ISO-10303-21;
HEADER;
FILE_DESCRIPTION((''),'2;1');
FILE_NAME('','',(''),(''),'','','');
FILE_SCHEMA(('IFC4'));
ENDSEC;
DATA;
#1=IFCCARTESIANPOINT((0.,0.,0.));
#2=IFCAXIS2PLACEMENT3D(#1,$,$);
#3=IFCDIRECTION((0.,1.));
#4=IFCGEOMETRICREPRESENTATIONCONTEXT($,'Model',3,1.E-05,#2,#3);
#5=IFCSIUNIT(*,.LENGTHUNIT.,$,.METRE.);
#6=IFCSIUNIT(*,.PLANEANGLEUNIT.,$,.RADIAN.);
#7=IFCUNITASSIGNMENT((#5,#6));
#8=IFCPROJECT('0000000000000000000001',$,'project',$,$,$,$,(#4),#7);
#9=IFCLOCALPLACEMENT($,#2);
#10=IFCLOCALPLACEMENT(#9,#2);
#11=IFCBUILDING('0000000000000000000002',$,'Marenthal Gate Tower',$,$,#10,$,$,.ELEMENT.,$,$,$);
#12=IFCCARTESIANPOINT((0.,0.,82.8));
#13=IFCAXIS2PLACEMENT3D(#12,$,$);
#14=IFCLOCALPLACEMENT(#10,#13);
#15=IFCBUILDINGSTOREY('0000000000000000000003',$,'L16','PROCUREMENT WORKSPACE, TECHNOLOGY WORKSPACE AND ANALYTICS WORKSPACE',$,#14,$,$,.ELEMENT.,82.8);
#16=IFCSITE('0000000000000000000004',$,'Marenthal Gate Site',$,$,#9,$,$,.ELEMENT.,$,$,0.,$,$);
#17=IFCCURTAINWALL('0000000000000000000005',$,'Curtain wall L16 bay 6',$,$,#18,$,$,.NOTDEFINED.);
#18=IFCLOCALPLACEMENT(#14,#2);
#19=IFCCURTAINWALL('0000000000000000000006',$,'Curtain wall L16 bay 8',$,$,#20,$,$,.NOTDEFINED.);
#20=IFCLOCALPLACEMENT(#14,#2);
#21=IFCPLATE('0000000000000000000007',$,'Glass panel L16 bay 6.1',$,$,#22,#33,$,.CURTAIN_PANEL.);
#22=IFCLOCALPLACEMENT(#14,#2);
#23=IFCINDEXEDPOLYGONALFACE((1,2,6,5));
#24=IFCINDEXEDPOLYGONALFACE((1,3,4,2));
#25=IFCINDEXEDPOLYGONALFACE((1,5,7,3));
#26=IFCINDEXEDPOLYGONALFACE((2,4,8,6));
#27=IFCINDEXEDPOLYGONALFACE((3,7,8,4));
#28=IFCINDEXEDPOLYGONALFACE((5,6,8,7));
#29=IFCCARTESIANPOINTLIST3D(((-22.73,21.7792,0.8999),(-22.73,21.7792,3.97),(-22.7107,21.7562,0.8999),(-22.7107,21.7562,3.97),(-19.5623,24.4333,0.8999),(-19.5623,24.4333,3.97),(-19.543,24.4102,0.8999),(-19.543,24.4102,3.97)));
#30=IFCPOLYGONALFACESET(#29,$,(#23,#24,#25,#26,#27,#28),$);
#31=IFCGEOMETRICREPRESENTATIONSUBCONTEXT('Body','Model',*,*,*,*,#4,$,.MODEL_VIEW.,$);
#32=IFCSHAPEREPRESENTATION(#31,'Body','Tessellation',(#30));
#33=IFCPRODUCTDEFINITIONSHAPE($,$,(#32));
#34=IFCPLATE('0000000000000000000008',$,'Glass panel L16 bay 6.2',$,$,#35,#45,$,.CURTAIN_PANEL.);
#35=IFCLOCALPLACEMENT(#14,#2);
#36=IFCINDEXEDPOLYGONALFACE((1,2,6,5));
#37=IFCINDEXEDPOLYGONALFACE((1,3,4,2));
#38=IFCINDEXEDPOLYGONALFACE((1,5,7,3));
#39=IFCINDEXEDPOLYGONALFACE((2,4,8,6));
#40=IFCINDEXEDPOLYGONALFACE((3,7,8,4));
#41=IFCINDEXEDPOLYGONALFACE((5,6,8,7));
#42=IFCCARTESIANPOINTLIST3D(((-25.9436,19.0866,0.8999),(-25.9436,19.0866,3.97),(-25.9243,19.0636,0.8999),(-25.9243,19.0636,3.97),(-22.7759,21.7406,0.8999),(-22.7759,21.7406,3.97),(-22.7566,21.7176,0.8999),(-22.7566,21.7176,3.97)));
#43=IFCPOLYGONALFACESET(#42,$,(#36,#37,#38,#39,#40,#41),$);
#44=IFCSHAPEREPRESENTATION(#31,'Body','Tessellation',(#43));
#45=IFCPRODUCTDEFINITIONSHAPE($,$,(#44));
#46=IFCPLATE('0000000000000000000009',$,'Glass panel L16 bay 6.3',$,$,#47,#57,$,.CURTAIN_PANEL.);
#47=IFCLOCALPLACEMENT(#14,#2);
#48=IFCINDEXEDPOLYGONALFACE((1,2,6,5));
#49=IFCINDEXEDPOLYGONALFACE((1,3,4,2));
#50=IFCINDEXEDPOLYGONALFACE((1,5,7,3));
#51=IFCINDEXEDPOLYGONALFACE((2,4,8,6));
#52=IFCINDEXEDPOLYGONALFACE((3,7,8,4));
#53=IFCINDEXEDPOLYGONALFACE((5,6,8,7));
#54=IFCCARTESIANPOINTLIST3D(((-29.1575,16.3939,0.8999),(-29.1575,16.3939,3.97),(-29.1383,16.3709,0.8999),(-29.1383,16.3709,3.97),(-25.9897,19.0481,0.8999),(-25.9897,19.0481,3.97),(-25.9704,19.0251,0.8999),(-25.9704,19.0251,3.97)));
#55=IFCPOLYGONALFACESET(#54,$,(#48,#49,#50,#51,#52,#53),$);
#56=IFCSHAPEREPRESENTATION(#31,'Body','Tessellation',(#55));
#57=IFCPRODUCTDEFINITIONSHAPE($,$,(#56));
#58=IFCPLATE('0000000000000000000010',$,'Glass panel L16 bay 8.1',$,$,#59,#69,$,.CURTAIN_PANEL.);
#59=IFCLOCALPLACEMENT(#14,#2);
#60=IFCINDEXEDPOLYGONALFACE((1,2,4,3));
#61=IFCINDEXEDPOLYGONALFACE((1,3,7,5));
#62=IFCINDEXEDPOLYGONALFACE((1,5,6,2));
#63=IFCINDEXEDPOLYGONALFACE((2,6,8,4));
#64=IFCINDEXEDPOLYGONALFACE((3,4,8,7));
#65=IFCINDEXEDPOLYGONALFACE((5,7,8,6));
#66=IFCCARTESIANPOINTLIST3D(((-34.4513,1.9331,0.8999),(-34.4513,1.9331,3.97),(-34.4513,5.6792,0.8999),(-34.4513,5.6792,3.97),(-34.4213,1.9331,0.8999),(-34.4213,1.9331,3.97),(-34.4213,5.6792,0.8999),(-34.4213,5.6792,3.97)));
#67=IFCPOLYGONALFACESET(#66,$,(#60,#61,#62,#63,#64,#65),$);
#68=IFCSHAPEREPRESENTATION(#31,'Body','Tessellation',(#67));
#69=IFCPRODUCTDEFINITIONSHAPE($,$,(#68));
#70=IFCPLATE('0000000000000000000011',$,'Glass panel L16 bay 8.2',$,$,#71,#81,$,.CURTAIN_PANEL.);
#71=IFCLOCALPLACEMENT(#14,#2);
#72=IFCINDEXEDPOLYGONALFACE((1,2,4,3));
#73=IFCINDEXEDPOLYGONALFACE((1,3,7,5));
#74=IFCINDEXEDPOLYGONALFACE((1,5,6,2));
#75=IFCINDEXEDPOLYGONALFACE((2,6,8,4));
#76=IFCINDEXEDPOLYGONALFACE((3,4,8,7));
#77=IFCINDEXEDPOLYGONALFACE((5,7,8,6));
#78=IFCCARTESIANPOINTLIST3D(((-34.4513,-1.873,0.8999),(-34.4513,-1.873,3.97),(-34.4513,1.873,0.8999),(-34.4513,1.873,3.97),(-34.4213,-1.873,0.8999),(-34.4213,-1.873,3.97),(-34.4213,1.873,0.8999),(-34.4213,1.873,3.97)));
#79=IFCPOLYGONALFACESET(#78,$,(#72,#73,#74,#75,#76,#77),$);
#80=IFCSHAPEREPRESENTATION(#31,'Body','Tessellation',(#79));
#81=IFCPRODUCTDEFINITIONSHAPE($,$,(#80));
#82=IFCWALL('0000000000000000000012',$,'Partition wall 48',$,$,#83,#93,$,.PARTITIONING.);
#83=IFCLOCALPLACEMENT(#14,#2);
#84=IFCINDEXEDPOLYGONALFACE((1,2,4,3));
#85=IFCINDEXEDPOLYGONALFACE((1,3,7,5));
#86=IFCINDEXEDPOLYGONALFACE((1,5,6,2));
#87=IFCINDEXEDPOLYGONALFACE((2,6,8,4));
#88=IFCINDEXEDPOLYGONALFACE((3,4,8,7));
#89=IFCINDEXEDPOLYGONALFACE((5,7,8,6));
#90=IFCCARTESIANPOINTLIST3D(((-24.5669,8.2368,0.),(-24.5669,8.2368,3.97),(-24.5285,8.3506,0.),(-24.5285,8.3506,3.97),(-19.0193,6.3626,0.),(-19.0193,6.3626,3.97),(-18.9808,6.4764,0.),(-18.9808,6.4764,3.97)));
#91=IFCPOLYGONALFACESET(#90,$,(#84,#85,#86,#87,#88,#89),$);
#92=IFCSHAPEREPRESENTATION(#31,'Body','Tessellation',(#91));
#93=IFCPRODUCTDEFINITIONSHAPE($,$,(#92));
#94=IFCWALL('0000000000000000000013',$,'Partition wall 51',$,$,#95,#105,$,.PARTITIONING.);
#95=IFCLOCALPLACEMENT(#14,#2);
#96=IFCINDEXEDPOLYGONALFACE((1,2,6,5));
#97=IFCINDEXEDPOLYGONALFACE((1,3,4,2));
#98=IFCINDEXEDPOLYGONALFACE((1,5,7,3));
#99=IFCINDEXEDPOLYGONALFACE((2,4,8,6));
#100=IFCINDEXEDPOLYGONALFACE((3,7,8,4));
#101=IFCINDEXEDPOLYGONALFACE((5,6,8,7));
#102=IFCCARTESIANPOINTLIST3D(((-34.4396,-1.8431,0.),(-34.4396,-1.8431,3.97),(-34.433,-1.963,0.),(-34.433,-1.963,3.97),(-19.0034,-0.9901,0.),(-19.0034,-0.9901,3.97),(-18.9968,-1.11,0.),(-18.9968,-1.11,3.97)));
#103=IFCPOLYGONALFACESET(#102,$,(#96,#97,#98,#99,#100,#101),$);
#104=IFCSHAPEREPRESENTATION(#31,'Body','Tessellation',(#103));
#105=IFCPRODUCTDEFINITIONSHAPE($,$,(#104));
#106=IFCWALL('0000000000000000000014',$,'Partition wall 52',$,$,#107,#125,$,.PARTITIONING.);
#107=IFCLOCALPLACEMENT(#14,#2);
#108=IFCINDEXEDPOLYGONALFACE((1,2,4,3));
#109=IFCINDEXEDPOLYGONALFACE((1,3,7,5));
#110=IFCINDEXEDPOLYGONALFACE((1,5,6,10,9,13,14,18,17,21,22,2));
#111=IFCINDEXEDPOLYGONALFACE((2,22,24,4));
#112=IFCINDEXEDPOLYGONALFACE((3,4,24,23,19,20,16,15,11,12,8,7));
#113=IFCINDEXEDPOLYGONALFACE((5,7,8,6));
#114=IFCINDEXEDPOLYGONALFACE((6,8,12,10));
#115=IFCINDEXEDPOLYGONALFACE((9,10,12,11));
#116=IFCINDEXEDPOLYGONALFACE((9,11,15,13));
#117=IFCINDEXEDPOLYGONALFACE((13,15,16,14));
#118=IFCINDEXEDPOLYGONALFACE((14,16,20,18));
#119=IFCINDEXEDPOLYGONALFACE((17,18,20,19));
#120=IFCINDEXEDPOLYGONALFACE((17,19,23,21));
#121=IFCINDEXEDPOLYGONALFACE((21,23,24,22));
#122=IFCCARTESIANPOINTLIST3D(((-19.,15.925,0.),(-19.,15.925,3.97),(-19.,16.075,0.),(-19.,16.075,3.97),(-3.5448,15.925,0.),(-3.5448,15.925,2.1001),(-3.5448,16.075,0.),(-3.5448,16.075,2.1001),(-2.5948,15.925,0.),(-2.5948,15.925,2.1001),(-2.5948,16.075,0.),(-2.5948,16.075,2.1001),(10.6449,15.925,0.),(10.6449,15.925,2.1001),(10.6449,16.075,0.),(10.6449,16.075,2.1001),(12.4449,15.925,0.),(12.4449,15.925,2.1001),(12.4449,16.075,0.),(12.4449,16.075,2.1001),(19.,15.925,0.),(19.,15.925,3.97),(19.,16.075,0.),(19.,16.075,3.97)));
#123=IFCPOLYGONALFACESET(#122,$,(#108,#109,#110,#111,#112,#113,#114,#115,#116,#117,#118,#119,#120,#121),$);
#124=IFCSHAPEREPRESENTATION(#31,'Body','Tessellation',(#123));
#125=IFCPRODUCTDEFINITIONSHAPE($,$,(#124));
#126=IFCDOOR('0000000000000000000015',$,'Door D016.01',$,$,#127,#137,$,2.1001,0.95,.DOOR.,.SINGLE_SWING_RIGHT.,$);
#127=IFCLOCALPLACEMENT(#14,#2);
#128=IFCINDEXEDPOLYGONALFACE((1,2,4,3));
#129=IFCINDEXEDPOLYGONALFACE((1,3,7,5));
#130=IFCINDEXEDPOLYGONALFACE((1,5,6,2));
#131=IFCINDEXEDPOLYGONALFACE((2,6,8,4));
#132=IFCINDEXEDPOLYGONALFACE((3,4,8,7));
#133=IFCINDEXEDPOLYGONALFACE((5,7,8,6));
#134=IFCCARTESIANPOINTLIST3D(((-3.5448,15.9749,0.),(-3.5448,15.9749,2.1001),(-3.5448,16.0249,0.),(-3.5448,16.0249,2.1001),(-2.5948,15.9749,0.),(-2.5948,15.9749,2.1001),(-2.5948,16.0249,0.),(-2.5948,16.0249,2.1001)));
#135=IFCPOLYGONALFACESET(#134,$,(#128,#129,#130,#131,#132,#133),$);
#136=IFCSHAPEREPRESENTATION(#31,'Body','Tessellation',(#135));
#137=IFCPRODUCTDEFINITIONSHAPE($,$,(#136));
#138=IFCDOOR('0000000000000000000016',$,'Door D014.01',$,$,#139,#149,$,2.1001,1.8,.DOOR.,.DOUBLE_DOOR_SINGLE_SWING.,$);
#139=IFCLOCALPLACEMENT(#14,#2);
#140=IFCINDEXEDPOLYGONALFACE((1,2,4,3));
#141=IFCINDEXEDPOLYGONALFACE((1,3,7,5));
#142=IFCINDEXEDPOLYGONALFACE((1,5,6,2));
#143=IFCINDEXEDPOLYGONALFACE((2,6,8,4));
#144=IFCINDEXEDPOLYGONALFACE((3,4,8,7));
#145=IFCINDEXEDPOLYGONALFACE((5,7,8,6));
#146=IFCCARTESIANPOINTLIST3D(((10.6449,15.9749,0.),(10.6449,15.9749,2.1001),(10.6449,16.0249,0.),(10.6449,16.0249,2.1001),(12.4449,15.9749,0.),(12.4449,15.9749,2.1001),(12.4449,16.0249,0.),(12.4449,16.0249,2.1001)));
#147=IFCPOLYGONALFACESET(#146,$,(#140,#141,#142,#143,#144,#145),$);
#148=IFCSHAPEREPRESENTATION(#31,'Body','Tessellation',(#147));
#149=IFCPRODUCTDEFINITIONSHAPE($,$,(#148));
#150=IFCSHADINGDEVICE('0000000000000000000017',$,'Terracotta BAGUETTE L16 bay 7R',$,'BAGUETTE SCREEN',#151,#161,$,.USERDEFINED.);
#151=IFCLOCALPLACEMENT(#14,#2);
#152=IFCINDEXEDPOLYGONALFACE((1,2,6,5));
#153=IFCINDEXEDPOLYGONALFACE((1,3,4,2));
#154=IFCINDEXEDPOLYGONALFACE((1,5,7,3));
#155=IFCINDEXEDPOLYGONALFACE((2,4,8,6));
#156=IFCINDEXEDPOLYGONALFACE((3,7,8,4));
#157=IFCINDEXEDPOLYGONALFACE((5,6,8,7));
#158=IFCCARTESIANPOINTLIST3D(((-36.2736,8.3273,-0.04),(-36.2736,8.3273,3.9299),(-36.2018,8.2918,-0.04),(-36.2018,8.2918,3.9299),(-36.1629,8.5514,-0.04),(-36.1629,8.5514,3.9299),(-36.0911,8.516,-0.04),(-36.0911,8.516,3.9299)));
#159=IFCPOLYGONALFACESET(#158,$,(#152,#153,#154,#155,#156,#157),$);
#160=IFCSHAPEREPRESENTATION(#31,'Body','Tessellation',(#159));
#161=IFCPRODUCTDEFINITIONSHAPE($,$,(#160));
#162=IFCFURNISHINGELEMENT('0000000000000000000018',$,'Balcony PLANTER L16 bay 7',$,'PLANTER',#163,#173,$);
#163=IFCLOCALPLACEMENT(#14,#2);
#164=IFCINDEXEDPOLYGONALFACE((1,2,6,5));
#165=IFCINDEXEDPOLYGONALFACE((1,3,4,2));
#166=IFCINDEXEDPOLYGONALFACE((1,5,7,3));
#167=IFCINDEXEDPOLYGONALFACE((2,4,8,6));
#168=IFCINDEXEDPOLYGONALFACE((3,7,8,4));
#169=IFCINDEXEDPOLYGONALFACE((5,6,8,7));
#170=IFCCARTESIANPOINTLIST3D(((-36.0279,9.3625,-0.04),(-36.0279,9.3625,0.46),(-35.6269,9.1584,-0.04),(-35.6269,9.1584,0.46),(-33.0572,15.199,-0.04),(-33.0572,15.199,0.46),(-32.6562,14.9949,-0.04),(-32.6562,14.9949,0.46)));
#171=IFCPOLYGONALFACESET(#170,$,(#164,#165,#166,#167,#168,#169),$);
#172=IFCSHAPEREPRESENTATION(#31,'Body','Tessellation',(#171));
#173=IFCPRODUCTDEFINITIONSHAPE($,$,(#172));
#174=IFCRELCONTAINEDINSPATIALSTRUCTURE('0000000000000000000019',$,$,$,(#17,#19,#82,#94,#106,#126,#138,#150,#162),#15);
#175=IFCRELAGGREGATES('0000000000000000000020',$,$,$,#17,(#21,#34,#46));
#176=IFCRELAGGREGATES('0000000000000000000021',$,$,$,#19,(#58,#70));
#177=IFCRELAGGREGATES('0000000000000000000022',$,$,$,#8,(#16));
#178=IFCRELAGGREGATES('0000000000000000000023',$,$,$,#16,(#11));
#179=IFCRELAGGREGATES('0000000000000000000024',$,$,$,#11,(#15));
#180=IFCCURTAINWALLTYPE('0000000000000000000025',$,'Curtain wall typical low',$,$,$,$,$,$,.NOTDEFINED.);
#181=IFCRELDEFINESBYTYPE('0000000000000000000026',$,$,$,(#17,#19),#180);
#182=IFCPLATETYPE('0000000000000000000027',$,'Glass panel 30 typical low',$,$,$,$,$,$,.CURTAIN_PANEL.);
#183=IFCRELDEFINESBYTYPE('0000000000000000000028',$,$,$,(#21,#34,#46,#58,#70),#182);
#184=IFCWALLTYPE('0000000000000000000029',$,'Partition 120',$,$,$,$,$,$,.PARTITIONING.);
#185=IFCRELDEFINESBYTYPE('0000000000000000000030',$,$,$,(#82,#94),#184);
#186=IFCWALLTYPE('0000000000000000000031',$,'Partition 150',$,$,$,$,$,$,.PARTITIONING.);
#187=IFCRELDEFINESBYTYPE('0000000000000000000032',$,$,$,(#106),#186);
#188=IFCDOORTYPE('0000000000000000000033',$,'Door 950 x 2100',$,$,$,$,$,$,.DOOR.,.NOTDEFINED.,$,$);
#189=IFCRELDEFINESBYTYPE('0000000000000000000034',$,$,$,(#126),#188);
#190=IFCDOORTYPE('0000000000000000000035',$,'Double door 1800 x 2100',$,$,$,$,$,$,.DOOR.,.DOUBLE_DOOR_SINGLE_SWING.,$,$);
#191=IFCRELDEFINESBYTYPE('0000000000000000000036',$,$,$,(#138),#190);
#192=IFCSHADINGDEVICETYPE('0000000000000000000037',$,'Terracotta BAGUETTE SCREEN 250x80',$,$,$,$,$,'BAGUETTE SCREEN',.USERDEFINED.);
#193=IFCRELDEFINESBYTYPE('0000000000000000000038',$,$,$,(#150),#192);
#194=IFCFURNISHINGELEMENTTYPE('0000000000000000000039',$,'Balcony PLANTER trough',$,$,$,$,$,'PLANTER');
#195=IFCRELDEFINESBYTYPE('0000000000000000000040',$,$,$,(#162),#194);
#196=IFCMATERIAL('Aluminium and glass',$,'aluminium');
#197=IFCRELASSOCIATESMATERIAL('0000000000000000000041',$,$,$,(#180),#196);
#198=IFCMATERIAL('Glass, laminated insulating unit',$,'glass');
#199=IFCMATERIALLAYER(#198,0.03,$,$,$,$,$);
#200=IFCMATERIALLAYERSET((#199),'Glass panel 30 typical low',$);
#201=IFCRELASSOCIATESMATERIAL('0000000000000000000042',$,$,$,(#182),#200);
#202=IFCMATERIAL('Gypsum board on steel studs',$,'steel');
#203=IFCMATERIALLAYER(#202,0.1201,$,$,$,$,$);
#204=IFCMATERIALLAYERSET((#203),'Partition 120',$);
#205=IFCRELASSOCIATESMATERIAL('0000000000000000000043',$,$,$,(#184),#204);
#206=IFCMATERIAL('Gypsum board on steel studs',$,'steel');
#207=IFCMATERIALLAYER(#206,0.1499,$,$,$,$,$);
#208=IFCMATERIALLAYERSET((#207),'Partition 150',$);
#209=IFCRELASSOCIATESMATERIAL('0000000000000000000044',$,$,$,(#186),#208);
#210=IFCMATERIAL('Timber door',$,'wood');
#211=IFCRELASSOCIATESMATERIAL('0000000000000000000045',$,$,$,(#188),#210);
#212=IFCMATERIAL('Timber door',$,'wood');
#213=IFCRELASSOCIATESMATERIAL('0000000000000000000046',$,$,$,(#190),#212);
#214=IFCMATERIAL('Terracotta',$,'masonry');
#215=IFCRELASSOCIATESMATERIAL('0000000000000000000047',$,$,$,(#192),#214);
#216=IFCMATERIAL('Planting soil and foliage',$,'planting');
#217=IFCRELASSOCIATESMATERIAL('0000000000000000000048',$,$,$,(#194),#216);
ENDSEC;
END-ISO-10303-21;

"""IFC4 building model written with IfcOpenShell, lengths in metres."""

from ifc_helpers import new_model, si_unit, direction, frame, frame_2d, origin, origin_2d, place, context, subcontext, project, spatial, rectangle, extrude, material, layer, layer_set, material_profile, profile_set, type_object, element, fill, aggregate, save


model = new_model("IFC4")

# Units and contexts
model_context = context("Model", 3, precision=1e-05, world=origin(), true_north=direction((0.0, 1.0)))
body_context = subcontext(model_context, "Body", "Model", "MODEL_VIEW")
ifc_project = project(units=[si_unit("LENGTHUNIT", "METRE"), si_unit("PLANEANGLEUNIT", "RADIAN")], contexts=[model_context])

# Site, building, storey
site_placement = place(None, origin())
site = spatial("IfcSite", under=ifc_project, at=site_placement, Name="Marenthal Gate Site", CompositionType="ELEMENT", RefElevation=0.0)
building_placement = place(site_placement, origin())
building = spatial("IfcBuilding", under=site, at=building_placement, Name="Marenthal Gate Tower", CompositionType="ELEMENT")
storey_placement = place(building_placement, frame((0.0, 0.0, 82.8)))
storey = spatial("IfcBuildingStorey", under=building, at=storey_placement, Name="L16", Description="PROCUREMENT WORKSPACE, TECHNOLOGY WORKSPACE AND ANALYTICS WORKSPACE", CompositionType="ELEMENT", Elevation=82.8)

# Curtain walls
ifc_material_1 = material(Name="Aluminium and glass", Category="aluminium")
curtain_wall_type = type_object("IfcCurtainWallType", Name="Curtain wall typical low", PredefinedType="NOTDEFINED", material=ifc_material_1)
curtain_wall_1_placement = place(storey_placement, origin())
curtain_wall_1 = element("IfcCurtainWall", 1, at=curtain_wall_1_placement, inside=storey, type_object=curtain_wall_type, Name="Curtain wall L16 bay 6", PredefinedType="NOTDEFINED")
curtain_wall_2_placement = place(storey_placement, origin())
curtain_wall_2 = element("IfcCurtainWall", 2, at=curtain_wall_2_placement, inside=storey, type_object=curtain_wall_type, Name="Curtain wall L16 bay 8", PredefinedType="NOTDEFINED")

# Plates
ifc_material_2 = material(Name="Glass, laminated insulating unit", Category="glass")
ifc_layer_1 = layer(ifc_material_2, 0.03)
ifc_layer_set_1 = layer_set([ifc_layer_1], Name="Glass panel 30 typical low")
plate_type = type_object("IfcPlateType", Name="Glass panel 30 typical low", PredefinedType="CURTAIN_PANEL", material=ifc_layer_set_1)
plate_1_placement = place(storey_placement, frame((-21.1365, 23.0947, 0.8999), z_axis=(0.0, 0.0, 1.0), x_axis=(-0.766513, -0.642228, 0.0)))
plate_1 = element("IfcPlate", 3, at=plate_1_placement, type_object=plate_type, Name="Glass panel L16 bay 6.1", PredefinedType="CURTAIN_PANEL", context=body_context, shape_type="SweptSolid", body=[
    extrude(rectangle(XDim=4.1326, YDim=0.03, at=origin_2d()), origin(), (0.0, 0.0, 1.0), 3.0701),
])
plate_2_placement = place(storey_placement, frame((-24.3501, 20.4021, 0.8999), z_axis=(0.0, 0.0, 1.0), x_axis=(-0.766513, -0.642228, 0.0)))
plate_2 = element("IfcPlate", 4, at=plate_2_placement, type_object=plate_type, Name="Glass panel L16 bay 6.2", PredefinedType="CURTAIN_PANEL", context=body_context, shape_type="SweptSolid", body=[
    extrude(rectangle(XDim=4.1326, YDim=0.03, at=origin_2d()), origin(), (0.0, 0.0, 1.0), 3.0701),
])
plate_3_placement = place(storey_placement, frame((-27.564, 17.7095, 0.8999), z_axis=(0.0, 0.0, 1.0), x_axis=(-0.766513, -0.642228, 0.0)))
plate_3 = element("IfcPlate", 5, at=plate_3_placement, type_object=plate_type, Name="Glass panel L16 bay 6.3", PredefinedType="CURTAIN_PANEL", context=body_context, shape_type="SweptSolid", body=[
    extrude(rectangle(XDim=4.1328, YDim=0.03, at=origin_2d()), origin(), (0.0, 0.0, 1.0), 3.0701),
])
aggregate(curtain_wall_1, [plate_1, plate_2, plate_3])
plate_4_placement = place(storey_placement, frame((-34.4363, 3.8062, 0.8999), z_axis=(0.0, 0.0, 1.0), x_axis=(0.0, -1.0, 0.0)))
plate_4 = element("IfcPlate", 6, at=plate_4_placement, type_object=plate_type, Name="Glass panel L16 bay 8.1", PredefinedType="CURTAIN_PANEL", context=body_context, shape_type="SweptSolid", body=[
    extrude(rectangle(XDim=3.7461, YDim=0.03, at=origin_2d()), origin(), (0.0, 0.0, 1.0), 3.0701),
])
plate_5_placement = place(storey_placement, frame((-34.4363, 0.0, 0.8999), z_axis=(0.0, 0.0, 1.0), x_axis=(0.0, -1.0, 0.0)))
plate_5 = element("IfcPlate", 7, at=plate_5_placement, type_object=plate_type, Name="Glass panel L16 bay 8.2", PredefinedType="CURTAIN_PANEL", context=body_context, shape_type="SweptSolid", body=[
    extrude(rectangle(XDim=3.7461, YDim=0.03, at=origin_2d()), origin(), (0.0, 0.0, 1.0), 3.0701),
])
aggregate(curtain_wall_2, [plate_4, plate_5])

# Walls
ifc_material_3 = material(Name="Gypsum board on steel studs", Category="steel")
ifc_layer_2 = layer(ifc_material_3, 0.1201)
ifc_layer_set_2 = layer_set([ifc_layer_2], Name="Partition 120")
wall_type_1 = type_object("IfcWallType", Name="Partition 120", PredefinedType="PARTITIONING", material=ifc_layer_set_2)
wall_1_placement = place(storey_placement, frame((-24.5476, 8.2937, 0.0), z_axis=(0.0, 0.0, 1.0), x_axis=(0.947391, -0.320078, 0.0)))
element("IfcWall", 8, at=wall_1_placement, inside=storey, type_object=wall_type_1, Name="Partition wall 48", PredefinedType="PARTITIONING", context=body_context, shape_type="SweptSolid", body=[
    extrude(rectangle(XDim=5.8557, YDim=0.1201, at=frame_2d((2.9277, 0.0))), origin(), (0.0, 0.0, 1.0), 3.97),
])
wall_2_placement = place(storey_placement, frame((-19.0, -1.05, 0.0), z_axis=(0.0, 0.0, 1.0), x_axis=(-0.998477, -0.055177, 0.0)))
element("IfcWall", 9, at=wall_2_placement, inside=storey, type_object=wall_type_1, Name="Partition wall 51", PredefinedType="PARTITIONING", context=body_context, shape_type="SweptSolid", body=[
    extrude(rectangle(XDim=15.4597, YDim=0.1201, at=frame_2d((7.73, 0.0))), origin(), (0.0, 0.0, 1.0), 3.97),
])

# Wall, openings, doors
ifc_material_4 = material(Name="Gypsum board on steel studs", Category="steel")
ifc_layer_3 = layer(ifc_material_4, 0.1499)
ifc_layer_set_3 = layer_set([ifc_layer_3], Name="Partition 150")
wall_type_2 = type_object("IfcWallType", Name="Partition 150", PredefinedType="PARTITIONING", material=ifc_layer_set_3)
wall_3_placement = place(storey_placement, frame((-19.0, 16.0, 0.0), z_axis=(0.0, 0.0, 1.0), x_axis=(1.0, 0.0, 0.0)))
wall_3 = element("IfcWall", 10, at=wall_3_placement, inside=storey, type_object=wall_type_2, Name="Partition wall 52", PredefinedType="PARTITIONING", context=body_context, shape_type="SweptSolid", body=[
    extrude(rectangle(XDim=38.0, YDim=0.1499, at=frame_2d((19.0, 0.0))), origin(), (0.0, 0.0, 1.0), 3.97),
])
opening_1_placement = place(wall_3_placement, frame((15.4551, 0.0, 0.0)))
opening_1 = element("IfcOpeningElement", 11, at=opening_1_placement, cuts=wall_3, PredefinedType="OPENING", context=body_context, shape_type="SweptSolid", body=[
    extrude(rectangle(XDim=0.95, YDim=2.1001, at=frame_2d((0.4751, 1.05))), frame((0.0, 0.085, 0.0), z_axis=(0.0, -1.0, 0.0), x_axis=(1.0, 0.0, 0.0)), (0.0, 0.0, 1.0), 0.1699),
])
opening_2_placement = place(wall_3_placement, frame((29.645, 0.0, 0.0)))
opening_2 = element("IfcOpeningElement", 12, at=opening_2_placement, cuts=wall_3, PredefinedType="OPENING", context=body_context, shape_type="SweptSolid", body=[
    extrude(rectangle(XDim=1.8, YDim=2.1001, at=frame_2d((0.8999, 1.05))), frame((0.0, 0.085, 0.0), z_axis=(0.0, -1.0, 0.0), x_axis=(1.0, 0.0, 0.0)), (0.0, 0.0, 1.0), 0.1699),
])
ifc_material_5 = material(Name="Timber door", Category="wood")
door_type_1 = type_object("IfcDoorType", Name="Door 950 x 2100", OperationType="NOTDEFINED", PredefinedType="DOOR", material=ifc_material_5)
door_1_placement = place(opening_1_placement, origin())
door_1 = element("IfcDoor", 13, at=door_1_placement, inside=storey, type_object=door_type_1, Name="Door D016.01", OperationType="SINGLE_SWING_RIGHT", OverallHeight=2.1001, OverallWidth=0.95, PredefinedType="DOOR", context=body_context, shape_type="SweptSolid", body=[
    extrude(rectangle(XDim=0.95, YDim=2.1001, at=frame_2d((0.4751, 1.05))), frame((0.0, 0.0249, 0.0), z_axis=(0.0, -1.0, 0.0), x_axis=(1.0, 0.0, 0.0)), (0.0, 0.0, 1.0), 0.05),
])
fill(opening_1, door_1)
ifc_material_6 = material(Name="Timber door", Category="wood")
door_type_2 = type_object("IfcDoorType", Name="Double door 1800 x 2100", OperationType="DOUBLE_DOOR_SINGLE_SWING", PredefinedType="DOOR", material=ifc_material_6)
door_2_placement = place(opening_2_placement, origin())
door_2 = element("IfcDoor", 14, at=door_2_placement, inside=storey, type_object=door_type_2, Name="Door D014.01", OperationType="DOUBLE_DOOR_SINGLE_SWING", OverallHeight=2.1001, OverallWidth=1.8, PredefinedType="DOOR", context=body_context, shape_type="SweptSolid", body=[
    extrude(rectangle(XDim=1.8, YDim=2.1001, at=frame_2d((0.8999, 1.05))), frame((0.0, 0.0249, 0.0), z_axis=(0.0, -1.0, 0.0), x_axis=(1.0, 0.0, 0.0)), (0.0, 0.0, 1.0), 0.05),
])
fill(opening_2, door_2)

# Shading device
ifc_material_7 = material(Name="Terracotta", Category="masonry")
ifc_material_profile_1 = material_profile(ifc_material_7, rectangle(XDim=0.25, YDim=0.0801, at=origin_2d()), Name="Terracotta baguette 250x80")
ifc_profile_set_1 = profile_set([ifc_material_profile_1], Name="Terracotta")
shading_device_type = type_object("IfcShadingDeviceType", Name="Terracotta BAGUETTE SCREEN 250x80", ElementType="BAGUETTE SCREEN", PredefinedType="USERDEFINED", material=ifc_profile_set_1)
shading_device_placement = place(storey_placement, frame((-36.1824, 8.4216, -0.04), z_axis=(0.0, 0.0, 1.0), x_axis=(-0.44286, -0.896591, 0.0)))
element("IfcShadingDevice", 15, at=shading_device_placement, inside=storey, type_object=shading_device_type, Name="Terracotta BAGUETTE L16 bay 7R", ObjectType="BAGUETTE SCREEN", PredefinedType="USERDEFINED", context=body_context, shape_type="SweptSolid", body=[
    extrude(rectangle(XDim=0.25, YDim=0.0801, at=origin_2d()), origin(), (0.0, 0.0, 1.0), 3.97),
])

# Furnishing element
ifc_material_8 = material(Name="Planting soil and foliage", Category="planting")
furnishing_element_type = type_object("IfcFurnishingElementType", Name="Balcony PLANTER trough", ElementType="PLANTER", material=ifc_material_8)
furnishing_placement = place(storey_placement, frame((-34.342, 12.1787, -0.04), z_axis=(0.0, 0.0, 1.0), x_axis=(-0.453616, -0.891197, 0.0)))
element("IfcFurnishingElement", 16, at=furnishing_placement, inside=storey, type_object=furnishing_element_type, Name="Balcony PLANTER L16 bay 7", ObjectType="PLANTER", context=body_context, shape_type="SweptSolid", body=[
    extrude(rectangle(XDim=6.5491, YDim=0.45, at=origin_2d()), origin(), (0.0, 0.0, 1.0), 0.5),
])

save(model, "model.ifc")
